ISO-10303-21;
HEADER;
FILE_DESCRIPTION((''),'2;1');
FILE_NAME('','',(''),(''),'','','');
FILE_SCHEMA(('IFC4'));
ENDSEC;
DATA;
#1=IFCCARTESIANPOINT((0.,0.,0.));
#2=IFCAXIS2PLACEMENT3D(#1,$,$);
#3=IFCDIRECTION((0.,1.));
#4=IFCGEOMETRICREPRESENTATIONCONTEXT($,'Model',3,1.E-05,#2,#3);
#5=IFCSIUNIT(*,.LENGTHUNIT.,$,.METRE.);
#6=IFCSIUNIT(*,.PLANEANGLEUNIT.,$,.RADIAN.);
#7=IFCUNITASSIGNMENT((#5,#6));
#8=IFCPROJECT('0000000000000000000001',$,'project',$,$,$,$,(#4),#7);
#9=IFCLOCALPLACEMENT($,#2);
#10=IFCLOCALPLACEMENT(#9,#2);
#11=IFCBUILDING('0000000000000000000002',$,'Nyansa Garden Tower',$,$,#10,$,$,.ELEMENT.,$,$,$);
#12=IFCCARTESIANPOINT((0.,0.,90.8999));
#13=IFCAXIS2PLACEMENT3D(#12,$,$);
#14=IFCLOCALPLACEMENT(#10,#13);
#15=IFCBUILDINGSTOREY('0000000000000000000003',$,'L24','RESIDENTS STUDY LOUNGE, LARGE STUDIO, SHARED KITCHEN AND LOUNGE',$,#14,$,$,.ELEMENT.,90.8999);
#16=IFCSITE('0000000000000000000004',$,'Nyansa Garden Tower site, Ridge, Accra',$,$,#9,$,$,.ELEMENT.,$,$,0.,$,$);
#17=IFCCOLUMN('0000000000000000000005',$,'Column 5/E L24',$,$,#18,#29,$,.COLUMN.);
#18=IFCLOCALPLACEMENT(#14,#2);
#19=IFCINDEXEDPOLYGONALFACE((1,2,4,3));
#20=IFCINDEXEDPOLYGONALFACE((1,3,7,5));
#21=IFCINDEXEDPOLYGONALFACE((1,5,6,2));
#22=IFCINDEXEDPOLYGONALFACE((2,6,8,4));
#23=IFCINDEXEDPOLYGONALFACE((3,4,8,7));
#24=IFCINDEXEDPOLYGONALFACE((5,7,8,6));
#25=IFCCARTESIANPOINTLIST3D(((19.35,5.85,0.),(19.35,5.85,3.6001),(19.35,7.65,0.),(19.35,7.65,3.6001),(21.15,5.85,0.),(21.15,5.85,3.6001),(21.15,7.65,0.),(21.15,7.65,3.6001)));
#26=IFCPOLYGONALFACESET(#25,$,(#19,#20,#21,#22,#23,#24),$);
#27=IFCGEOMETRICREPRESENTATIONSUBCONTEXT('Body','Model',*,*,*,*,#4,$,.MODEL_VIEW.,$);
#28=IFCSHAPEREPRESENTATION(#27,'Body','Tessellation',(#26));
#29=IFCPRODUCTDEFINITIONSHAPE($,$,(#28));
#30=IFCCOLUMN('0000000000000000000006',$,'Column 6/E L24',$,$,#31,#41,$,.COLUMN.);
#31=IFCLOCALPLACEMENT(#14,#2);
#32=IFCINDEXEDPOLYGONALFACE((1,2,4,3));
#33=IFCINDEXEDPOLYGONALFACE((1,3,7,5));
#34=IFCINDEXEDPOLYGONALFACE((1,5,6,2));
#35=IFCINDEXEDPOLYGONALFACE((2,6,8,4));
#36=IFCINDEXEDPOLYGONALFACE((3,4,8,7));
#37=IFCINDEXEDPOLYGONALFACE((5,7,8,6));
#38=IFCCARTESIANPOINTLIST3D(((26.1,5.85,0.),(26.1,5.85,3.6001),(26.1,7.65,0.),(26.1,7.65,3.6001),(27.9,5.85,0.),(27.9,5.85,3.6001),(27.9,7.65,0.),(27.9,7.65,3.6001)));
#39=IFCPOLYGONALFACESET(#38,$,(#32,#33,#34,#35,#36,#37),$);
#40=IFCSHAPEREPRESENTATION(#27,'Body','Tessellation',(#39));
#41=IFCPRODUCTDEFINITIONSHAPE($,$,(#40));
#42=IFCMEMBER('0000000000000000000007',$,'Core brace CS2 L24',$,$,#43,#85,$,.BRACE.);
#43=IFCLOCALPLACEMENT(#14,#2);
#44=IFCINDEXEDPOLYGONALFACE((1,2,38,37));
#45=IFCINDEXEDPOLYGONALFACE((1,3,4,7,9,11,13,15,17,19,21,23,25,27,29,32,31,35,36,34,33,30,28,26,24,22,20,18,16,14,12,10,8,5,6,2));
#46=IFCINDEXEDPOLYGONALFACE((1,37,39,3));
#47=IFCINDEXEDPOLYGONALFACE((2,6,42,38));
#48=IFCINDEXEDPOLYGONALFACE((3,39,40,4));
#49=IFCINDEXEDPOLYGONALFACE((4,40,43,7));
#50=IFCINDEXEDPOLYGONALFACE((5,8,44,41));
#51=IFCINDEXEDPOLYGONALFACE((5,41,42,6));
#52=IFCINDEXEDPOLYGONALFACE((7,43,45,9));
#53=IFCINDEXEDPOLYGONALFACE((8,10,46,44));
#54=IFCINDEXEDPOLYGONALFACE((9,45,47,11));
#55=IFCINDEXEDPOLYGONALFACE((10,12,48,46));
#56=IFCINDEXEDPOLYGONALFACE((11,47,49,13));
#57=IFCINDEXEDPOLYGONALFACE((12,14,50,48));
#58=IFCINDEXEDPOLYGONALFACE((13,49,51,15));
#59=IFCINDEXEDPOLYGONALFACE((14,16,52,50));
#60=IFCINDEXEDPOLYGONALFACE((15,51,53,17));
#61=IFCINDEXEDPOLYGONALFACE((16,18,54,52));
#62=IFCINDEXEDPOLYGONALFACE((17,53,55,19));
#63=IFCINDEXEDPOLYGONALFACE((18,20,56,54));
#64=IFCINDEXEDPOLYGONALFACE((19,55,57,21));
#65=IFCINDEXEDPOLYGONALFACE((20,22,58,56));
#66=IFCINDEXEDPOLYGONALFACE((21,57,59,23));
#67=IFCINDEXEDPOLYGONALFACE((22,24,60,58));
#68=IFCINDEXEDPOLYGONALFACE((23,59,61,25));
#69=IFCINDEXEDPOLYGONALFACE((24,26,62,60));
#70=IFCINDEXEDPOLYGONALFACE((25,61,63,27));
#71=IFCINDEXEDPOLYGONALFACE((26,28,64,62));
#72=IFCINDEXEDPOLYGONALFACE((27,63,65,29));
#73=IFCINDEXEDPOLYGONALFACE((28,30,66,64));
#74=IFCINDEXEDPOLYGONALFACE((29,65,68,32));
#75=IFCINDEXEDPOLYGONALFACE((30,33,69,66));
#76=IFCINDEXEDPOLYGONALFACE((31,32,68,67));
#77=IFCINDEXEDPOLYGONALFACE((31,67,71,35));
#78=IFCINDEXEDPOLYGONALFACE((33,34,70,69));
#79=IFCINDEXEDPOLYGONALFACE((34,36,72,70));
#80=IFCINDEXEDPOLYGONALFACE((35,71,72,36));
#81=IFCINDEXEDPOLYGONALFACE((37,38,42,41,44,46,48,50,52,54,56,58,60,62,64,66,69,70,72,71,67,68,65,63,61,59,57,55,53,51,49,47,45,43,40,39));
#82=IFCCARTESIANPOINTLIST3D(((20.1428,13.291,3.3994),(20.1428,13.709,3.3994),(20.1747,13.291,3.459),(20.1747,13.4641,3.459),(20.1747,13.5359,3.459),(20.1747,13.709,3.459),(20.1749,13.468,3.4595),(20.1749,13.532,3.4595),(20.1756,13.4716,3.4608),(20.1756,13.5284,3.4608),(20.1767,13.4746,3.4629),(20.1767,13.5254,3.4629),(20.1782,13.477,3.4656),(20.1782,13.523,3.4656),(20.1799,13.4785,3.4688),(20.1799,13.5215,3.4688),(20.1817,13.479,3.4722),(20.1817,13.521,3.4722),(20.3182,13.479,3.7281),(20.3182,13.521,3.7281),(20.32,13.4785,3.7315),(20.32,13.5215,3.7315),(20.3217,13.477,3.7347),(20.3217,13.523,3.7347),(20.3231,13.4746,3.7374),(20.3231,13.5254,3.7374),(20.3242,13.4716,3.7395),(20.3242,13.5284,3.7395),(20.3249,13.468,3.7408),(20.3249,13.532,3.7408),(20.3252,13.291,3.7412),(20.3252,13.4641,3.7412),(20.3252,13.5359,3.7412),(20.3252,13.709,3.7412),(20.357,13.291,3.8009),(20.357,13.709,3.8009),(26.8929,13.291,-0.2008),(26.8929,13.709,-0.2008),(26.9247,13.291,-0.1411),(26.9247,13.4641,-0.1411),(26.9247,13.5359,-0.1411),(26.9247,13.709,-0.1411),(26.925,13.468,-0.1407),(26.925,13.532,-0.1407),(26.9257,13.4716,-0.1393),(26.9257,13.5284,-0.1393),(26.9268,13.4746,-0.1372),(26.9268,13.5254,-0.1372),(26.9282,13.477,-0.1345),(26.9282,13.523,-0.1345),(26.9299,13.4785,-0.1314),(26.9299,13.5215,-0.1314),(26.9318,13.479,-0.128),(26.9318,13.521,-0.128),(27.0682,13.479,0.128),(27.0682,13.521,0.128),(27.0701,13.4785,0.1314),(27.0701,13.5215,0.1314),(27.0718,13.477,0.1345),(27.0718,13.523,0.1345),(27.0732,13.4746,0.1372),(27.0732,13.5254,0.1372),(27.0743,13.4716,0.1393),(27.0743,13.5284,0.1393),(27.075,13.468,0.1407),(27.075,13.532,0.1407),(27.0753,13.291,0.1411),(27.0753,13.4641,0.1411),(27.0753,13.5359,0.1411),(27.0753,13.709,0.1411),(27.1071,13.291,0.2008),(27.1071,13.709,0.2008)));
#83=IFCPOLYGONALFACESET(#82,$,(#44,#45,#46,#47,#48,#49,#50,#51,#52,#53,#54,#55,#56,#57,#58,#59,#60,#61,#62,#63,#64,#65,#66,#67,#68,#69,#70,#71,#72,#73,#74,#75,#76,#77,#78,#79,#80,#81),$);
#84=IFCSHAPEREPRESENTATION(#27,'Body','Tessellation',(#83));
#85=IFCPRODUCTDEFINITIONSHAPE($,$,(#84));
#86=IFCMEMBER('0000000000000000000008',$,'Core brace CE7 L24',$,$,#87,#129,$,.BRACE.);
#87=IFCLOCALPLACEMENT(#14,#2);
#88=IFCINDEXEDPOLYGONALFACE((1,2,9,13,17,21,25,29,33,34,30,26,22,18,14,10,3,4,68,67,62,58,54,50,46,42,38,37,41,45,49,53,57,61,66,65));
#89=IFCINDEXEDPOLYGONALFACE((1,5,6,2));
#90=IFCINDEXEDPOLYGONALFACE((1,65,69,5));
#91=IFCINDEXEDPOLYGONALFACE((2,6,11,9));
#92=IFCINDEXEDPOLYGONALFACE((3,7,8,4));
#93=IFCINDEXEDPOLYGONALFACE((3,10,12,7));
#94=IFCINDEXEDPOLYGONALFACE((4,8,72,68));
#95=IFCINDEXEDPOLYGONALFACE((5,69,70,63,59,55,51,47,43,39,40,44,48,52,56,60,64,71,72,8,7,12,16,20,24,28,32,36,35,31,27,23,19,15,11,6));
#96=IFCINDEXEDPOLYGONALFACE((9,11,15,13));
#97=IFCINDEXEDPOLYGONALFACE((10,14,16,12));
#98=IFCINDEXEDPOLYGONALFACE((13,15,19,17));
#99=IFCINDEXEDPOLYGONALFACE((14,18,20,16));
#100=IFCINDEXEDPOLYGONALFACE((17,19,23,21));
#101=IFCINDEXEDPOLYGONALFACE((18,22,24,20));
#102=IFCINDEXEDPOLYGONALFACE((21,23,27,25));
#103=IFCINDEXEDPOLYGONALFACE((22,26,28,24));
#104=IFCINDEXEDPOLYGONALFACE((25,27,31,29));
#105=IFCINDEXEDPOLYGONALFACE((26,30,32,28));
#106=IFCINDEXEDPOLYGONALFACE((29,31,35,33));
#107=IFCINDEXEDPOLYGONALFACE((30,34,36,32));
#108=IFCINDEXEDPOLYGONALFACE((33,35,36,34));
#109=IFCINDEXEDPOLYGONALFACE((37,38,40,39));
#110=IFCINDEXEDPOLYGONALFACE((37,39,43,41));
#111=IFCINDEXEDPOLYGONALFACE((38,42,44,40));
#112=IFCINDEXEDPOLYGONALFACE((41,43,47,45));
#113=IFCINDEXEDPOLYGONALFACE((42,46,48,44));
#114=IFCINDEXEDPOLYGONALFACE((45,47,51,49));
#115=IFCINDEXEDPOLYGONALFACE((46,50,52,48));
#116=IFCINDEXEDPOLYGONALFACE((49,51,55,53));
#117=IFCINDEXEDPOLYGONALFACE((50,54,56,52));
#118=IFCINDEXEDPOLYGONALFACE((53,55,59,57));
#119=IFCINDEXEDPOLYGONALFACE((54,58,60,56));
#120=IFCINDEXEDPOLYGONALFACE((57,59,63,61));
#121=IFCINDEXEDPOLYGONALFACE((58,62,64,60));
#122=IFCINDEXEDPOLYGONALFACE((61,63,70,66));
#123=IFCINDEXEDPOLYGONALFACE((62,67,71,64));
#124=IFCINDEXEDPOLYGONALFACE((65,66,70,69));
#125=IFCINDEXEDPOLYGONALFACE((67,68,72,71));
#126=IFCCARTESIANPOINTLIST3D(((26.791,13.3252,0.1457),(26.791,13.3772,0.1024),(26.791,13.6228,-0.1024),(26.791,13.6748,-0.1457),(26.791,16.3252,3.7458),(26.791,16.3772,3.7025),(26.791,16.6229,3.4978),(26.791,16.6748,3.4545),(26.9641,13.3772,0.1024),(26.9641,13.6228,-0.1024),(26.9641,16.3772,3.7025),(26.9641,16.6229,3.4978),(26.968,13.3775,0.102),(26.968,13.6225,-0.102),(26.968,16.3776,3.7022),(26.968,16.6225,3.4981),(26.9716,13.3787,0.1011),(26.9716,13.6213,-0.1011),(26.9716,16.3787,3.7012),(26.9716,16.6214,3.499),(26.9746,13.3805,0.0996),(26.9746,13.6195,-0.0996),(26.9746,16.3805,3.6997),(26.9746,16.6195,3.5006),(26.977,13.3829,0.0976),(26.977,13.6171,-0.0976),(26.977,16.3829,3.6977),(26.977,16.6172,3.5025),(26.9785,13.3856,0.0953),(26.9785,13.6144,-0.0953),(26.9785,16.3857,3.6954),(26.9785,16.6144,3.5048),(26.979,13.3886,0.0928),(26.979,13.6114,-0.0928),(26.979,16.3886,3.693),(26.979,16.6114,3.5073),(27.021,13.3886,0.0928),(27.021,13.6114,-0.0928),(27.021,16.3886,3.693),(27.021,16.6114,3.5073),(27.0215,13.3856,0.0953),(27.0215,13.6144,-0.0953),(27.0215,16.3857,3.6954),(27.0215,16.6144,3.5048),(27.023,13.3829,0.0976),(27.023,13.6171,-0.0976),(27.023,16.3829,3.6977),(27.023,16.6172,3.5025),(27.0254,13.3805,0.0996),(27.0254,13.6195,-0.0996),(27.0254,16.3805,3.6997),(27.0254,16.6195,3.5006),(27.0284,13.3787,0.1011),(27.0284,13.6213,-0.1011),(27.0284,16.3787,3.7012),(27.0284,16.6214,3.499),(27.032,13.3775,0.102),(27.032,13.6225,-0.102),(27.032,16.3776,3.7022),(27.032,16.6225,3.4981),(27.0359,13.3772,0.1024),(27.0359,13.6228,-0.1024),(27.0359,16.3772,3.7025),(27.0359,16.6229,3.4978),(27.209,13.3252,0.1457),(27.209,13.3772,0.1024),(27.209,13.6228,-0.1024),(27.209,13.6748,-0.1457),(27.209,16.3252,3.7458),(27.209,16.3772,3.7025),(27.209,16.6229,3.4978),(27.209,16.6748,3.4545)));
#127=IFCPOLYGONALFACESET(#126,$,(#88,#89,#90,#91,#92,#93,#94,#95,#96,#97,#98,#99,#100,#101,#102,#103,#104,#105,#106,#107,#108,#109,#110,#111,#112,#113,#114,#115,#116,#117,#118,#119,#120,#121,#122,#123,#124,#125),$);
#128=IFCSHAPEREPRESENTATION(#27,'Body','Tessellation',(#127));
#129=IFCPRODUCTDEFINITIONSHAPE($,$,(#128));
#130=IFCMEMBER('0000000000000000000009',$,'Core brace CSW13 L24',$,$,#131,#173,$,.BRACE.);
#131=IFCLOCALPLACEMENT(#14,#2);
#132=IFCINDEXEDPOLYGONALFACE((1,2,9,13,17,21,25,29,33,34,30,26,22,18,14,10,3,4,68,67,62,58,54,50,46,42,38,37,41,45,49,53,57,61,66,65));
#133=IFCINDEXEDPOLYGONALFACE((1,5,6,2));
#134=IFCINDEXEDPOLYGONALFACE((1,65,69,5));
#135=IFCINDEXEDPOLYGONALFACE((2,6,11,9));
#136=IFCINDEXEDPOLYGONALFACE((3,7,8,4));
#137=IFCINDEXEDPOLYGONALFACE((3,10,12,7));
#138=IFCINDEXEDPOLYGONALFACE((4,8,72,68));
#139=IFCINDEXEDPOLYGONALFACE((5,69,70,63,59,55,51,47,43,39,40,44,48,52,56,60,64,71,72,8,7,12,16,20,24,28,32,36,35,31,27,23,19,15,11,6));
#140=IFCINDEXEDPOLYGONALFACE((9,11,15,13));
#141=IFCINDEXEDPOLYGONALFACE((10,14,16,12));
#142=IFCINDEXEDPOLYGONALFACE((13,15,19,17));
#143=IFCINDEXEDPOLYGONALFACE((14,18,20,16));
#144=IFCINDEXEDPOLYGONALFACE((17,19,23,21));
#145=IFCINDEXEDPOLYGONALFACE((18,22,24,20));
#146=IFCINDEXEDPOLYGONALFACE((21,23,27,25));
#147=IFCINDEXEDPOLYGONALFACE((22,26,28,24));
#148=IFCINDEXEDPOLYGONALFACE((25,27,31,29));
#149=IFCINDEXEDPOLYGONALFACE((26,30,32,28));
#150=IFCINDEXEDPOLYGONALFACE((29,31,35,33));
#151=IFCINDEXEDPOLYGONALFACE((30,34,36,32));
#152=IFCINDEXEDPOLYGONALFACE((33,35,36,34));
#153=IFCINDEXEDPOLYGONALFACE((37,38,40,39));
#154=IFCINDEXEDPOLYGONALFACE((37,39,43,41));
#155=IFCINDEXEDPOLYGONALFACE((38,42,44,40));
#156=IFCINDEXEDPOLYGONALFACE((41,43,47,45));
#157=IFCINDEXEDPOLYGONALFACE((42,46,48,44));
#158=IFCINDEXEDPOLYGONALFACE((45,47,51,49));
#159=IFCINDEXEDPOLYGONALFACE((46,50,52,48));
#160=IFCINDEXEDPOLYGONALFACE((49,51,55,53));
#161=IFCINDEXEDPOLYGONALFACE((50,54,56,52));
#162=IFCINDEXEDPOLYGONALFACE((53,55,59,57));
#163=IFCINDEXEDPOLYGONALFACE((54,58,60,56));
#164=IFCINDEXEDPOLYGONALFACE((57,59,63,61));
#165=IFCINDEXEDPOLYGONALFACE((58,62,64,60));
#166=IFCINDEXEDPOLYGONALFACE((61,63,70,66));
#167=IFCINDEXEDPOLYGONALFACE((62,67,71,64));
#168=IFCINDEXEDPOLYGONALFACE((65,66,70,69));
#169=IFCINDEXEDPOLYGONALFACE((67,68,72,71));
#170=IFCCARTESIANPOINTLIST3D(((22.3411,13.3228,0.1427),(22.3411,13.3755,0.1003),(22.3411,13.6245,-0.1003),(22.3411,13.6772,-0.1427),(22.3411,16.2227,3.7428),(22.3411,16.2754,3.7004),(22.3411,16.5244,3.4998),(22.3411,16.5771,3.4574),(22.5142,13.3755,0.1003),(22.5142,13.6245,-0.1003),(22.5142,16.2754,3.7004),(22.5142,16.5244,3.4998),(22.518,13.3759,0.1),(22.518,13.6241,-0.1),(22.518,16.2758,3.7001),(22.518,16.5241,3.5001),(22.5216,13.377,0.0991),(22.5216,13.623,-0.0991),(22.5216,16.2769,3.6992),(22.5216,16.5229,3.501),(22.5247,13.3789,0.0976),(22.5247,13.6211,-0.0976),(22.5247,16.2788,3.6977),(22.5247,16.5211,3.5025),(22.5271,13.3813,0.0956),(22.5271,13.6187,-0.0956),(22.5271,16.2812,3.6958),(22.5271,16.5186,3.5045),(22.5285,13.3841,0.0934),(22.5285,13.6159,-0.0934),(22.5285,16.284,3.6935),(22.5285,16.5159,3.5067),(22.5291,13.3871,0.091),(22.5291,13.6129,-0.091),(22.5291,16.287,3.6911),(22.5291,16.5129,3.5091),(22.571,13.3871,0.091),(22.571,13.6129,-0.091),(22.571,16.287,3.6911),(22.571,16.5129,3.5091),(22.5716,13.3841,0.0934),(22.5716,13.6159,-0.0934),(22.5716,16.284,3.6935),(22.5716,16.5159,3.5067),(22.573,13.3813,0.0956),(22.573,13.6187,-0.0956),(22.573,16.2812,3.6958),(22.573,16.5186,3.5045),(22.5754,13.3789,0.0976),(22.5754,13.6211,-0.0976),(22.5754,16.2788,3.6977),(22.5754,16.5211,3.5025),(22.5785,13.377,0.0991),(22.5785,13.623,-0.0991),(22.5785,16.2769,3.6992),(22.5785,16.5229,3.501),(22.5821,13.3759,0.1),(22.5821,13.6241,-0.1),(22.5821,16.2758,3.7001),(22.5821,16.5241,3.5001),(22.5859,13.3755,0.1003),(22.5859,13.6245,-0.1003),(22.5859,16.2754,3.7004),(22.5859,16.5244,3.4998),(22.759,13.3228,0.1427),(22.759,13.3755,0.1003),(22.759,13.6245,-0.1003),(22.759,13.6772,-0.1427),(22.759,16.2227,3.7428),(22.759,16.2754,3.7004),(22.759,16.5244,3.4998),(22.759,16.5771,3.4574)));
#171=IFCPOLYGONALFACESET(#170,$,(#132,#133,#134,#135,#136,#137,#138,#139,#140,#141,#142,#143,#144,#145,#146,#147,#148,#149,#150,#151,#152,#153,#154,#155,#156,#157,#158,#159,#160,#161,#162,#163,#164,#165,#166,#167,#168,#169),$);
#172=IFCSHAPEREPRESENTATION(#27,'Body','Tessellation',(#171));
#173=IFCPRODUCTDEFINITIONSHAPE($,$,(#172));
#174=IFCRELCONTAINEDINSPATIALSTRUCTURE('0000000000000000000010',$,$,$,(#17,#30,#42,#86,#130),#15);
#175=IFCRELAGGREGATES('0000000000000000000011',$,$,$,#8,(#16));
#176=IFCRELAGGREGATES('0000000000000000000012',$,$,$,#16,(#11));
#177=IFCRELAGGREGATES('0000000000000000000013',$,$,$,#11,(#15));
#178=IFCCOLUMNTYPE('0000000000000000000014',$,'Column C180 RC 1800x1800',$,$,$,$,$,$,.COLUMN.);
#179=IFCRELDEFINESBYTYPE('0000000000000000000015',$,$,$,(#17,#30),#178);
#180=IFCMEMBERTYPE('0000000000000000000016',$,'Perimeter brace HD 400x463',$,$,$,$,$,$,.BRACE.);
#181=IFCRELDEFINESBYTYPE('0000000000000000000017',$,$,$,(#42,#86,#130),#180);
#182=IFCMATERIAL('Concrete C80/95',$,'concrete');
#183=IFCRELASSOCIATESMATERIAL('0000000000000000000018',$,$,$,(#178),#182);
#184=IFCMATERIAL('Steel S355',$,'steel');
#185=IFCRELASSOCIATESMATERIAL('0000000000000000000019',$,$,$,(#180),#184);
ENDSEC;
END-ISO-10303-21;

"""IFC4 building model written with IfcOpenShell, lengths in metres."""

from ifc_helpers import new_model, si_unit, direction, frame, origin, origin_2d, place, context, subcontext, project, spatial, rectangle, i_section, extrude, material, material_profile, profile_set, type_object, element, save


model = new_model("IFC4")

# Units and contexts
model_context = context("Model", 3, precision=1e-05, world=origin(), true_north=direction((0.0, 1.0)))
body_context = subcontext(model_context, "Body", "Model", "MODEL_VIEW")
ifc_project = project(units=[si_unit("LENGTHUNIT", "METRE"), si_unit("PLANEANGLEUNIT", "RADIAN")], contexts=[model_context])

# Site, building, storey
site_placement = place(None, origin())
site = spatial("IfcSite", under=ifc_project, at=site_placement, Name="Nyansa Garden Tower site, Ridge, Accra", CompositionType="ELEMENT", RefElevation=0.0)
building_placement = place(site_placement, origin())
building = spatial("IfcBuilding", under=site, at=building_placement, Name="Nyansa Garden Tower", CompositionType="ELEMENT")
storey_placement = place(building_placement, frame((0.0, 0.0, 90.8999)))
storey = spatial("IfcBuildingStorey", under=building, at=storey_placement, Name="L24", Description="RESIDENTS STUDY LOUNGE, LARGE STUDIO, SHARED KITCHEN AND LOUNGE", CompositionType="ELEMENT", Elevation=90.8999)

# Columns
ifc_material_1 = material(Name="Concrete C80/95", Category="concrete")
ifc_material_profile_1 = material_profile(ifc_material_1, rectangle(XDim=1.8, YDim=1.8, at=origin_2d()), Name="RC 1800x1800")
ifc_profile_set_1 = profile_set([ifc_material_profile_1], Name="Concrete C80/95")
column_type = type_object("IfcColumnType", Name="Column C180 RC 1800x1800", PredefinedType="COLUMN", material=ifc_profile_set_1)
for number, where, z_axis, x_axis, name in (
    (1, (20.25, 6.75, 0.0), (0.0, 0.0, 1.0), (1.0, 0.0, 0.0), "Column 5/E L24"),
    (2, (27.0, 6.75, 0.0), (0.0, 0.0, 1.0), (1.0, 0.0, 0.0), "Column 6/E L24"),
):
    element("IfcColumn", number, at=place(storey_placement, frame(where, z_axis=z_axis, x_axis=x_axis)), inside=storey, type_object=column_type, Name=name, PredefinedType="COLUMN", context=body_context, shape_type="SweptSolid", body=[
        extrude(rectangle(XDim=1.8, YDim=1.8, at=origin_2d()), origin(), (0.0, 0.0, 1.0), 3.6001),
    ])

# Members
ifc_material_2 = material(Name="Steel S355", Category="steel")
ifc_material_profile_2 = material_profile(ifc_material_2, i_section(OverallWidth=0.418, OverallDepth=0.4551, WebThickness=0.042, FlangeThickness=0.0676, FilletRadius=0.0149, at=origin_2d()), Name="HD 400x463")
ifc_profile_set_2 = profile_set([ifc_material_profile_2], Name="Steel S355")
member_type = type_object("IfcMemberType", Name="Perimeter brace HD 400x463", PredefinedType="BRACE", material=ifc_profile_set_2)
member_1_placement = place(storey_placement, frame((27.0, 13.5, 0.0), z_axis=(-0.882348, 0.0, 0.470598), x_axis=(0.0, -1.0, 0.0)))
element("IfcMember", 3, at=member_1_placement, inside=storey, type_object=member_type, Name="Core brace CS2 L24", PredefinedType="BRACE", context=body_context, shape_type="SweptSolid", body=[
    extrude(i_section(OverallWidth=0.418, OverallDepth=0.4551, WebThickness=0.042, FlangeThickness=0.0676, FilletRadius=0.0149, at=origin_2d()), origin(), (0.0, 0.0, 1.0), 7.6501),
])
member_2_placement = place(storey_placement, frame((27.0, 13.5, 0.0), z_axis=(0.0, 0.640174, 0.76823), x_axis=(-1.0, 0.0, 0.0)))
element("IfcMember", 4, at=member_2_placement, inside=storey, type_object=member_type, Name="Core brace CE7 L24", PredefinedType="BRACE", context=body_context, shape_type="SweptSolid", body=[
    extrude(i_section(OverallWidth=0.418, OverallDepth=0.4551, WebThickness=0.042, FlangeThickness=0.0676, FilletRadius=0.0149, at=origin_2d()), origin(), (0.0, 0.0, 1.0), 4.6863),
])
member_3_placement = place(storey_placement, frame((22.55, 13.5, 0.0), z_axis=(0.0, 0.627306, 0.778773), x_axis=(-1.0, 0.0, 0.0)))
element("IfcMember", 5, at=member_3_placement, inside=storey, type_object=member_type, Name="Core brace CSW13 L24", PredefinedType="BRACE", context=body_context, shape_type="SweptSolid", body=[
    extrude(i_section(OverallWidth=0.418, OverallDepth=0.4551, WebThickness=0.042, FlangeThickness=0.0676, FilletRadius=0.0149, at=origin_2d()), origin(), (0.0, 0.0, 1.0), 4.6228),
])

save(model, "model.ifc")
